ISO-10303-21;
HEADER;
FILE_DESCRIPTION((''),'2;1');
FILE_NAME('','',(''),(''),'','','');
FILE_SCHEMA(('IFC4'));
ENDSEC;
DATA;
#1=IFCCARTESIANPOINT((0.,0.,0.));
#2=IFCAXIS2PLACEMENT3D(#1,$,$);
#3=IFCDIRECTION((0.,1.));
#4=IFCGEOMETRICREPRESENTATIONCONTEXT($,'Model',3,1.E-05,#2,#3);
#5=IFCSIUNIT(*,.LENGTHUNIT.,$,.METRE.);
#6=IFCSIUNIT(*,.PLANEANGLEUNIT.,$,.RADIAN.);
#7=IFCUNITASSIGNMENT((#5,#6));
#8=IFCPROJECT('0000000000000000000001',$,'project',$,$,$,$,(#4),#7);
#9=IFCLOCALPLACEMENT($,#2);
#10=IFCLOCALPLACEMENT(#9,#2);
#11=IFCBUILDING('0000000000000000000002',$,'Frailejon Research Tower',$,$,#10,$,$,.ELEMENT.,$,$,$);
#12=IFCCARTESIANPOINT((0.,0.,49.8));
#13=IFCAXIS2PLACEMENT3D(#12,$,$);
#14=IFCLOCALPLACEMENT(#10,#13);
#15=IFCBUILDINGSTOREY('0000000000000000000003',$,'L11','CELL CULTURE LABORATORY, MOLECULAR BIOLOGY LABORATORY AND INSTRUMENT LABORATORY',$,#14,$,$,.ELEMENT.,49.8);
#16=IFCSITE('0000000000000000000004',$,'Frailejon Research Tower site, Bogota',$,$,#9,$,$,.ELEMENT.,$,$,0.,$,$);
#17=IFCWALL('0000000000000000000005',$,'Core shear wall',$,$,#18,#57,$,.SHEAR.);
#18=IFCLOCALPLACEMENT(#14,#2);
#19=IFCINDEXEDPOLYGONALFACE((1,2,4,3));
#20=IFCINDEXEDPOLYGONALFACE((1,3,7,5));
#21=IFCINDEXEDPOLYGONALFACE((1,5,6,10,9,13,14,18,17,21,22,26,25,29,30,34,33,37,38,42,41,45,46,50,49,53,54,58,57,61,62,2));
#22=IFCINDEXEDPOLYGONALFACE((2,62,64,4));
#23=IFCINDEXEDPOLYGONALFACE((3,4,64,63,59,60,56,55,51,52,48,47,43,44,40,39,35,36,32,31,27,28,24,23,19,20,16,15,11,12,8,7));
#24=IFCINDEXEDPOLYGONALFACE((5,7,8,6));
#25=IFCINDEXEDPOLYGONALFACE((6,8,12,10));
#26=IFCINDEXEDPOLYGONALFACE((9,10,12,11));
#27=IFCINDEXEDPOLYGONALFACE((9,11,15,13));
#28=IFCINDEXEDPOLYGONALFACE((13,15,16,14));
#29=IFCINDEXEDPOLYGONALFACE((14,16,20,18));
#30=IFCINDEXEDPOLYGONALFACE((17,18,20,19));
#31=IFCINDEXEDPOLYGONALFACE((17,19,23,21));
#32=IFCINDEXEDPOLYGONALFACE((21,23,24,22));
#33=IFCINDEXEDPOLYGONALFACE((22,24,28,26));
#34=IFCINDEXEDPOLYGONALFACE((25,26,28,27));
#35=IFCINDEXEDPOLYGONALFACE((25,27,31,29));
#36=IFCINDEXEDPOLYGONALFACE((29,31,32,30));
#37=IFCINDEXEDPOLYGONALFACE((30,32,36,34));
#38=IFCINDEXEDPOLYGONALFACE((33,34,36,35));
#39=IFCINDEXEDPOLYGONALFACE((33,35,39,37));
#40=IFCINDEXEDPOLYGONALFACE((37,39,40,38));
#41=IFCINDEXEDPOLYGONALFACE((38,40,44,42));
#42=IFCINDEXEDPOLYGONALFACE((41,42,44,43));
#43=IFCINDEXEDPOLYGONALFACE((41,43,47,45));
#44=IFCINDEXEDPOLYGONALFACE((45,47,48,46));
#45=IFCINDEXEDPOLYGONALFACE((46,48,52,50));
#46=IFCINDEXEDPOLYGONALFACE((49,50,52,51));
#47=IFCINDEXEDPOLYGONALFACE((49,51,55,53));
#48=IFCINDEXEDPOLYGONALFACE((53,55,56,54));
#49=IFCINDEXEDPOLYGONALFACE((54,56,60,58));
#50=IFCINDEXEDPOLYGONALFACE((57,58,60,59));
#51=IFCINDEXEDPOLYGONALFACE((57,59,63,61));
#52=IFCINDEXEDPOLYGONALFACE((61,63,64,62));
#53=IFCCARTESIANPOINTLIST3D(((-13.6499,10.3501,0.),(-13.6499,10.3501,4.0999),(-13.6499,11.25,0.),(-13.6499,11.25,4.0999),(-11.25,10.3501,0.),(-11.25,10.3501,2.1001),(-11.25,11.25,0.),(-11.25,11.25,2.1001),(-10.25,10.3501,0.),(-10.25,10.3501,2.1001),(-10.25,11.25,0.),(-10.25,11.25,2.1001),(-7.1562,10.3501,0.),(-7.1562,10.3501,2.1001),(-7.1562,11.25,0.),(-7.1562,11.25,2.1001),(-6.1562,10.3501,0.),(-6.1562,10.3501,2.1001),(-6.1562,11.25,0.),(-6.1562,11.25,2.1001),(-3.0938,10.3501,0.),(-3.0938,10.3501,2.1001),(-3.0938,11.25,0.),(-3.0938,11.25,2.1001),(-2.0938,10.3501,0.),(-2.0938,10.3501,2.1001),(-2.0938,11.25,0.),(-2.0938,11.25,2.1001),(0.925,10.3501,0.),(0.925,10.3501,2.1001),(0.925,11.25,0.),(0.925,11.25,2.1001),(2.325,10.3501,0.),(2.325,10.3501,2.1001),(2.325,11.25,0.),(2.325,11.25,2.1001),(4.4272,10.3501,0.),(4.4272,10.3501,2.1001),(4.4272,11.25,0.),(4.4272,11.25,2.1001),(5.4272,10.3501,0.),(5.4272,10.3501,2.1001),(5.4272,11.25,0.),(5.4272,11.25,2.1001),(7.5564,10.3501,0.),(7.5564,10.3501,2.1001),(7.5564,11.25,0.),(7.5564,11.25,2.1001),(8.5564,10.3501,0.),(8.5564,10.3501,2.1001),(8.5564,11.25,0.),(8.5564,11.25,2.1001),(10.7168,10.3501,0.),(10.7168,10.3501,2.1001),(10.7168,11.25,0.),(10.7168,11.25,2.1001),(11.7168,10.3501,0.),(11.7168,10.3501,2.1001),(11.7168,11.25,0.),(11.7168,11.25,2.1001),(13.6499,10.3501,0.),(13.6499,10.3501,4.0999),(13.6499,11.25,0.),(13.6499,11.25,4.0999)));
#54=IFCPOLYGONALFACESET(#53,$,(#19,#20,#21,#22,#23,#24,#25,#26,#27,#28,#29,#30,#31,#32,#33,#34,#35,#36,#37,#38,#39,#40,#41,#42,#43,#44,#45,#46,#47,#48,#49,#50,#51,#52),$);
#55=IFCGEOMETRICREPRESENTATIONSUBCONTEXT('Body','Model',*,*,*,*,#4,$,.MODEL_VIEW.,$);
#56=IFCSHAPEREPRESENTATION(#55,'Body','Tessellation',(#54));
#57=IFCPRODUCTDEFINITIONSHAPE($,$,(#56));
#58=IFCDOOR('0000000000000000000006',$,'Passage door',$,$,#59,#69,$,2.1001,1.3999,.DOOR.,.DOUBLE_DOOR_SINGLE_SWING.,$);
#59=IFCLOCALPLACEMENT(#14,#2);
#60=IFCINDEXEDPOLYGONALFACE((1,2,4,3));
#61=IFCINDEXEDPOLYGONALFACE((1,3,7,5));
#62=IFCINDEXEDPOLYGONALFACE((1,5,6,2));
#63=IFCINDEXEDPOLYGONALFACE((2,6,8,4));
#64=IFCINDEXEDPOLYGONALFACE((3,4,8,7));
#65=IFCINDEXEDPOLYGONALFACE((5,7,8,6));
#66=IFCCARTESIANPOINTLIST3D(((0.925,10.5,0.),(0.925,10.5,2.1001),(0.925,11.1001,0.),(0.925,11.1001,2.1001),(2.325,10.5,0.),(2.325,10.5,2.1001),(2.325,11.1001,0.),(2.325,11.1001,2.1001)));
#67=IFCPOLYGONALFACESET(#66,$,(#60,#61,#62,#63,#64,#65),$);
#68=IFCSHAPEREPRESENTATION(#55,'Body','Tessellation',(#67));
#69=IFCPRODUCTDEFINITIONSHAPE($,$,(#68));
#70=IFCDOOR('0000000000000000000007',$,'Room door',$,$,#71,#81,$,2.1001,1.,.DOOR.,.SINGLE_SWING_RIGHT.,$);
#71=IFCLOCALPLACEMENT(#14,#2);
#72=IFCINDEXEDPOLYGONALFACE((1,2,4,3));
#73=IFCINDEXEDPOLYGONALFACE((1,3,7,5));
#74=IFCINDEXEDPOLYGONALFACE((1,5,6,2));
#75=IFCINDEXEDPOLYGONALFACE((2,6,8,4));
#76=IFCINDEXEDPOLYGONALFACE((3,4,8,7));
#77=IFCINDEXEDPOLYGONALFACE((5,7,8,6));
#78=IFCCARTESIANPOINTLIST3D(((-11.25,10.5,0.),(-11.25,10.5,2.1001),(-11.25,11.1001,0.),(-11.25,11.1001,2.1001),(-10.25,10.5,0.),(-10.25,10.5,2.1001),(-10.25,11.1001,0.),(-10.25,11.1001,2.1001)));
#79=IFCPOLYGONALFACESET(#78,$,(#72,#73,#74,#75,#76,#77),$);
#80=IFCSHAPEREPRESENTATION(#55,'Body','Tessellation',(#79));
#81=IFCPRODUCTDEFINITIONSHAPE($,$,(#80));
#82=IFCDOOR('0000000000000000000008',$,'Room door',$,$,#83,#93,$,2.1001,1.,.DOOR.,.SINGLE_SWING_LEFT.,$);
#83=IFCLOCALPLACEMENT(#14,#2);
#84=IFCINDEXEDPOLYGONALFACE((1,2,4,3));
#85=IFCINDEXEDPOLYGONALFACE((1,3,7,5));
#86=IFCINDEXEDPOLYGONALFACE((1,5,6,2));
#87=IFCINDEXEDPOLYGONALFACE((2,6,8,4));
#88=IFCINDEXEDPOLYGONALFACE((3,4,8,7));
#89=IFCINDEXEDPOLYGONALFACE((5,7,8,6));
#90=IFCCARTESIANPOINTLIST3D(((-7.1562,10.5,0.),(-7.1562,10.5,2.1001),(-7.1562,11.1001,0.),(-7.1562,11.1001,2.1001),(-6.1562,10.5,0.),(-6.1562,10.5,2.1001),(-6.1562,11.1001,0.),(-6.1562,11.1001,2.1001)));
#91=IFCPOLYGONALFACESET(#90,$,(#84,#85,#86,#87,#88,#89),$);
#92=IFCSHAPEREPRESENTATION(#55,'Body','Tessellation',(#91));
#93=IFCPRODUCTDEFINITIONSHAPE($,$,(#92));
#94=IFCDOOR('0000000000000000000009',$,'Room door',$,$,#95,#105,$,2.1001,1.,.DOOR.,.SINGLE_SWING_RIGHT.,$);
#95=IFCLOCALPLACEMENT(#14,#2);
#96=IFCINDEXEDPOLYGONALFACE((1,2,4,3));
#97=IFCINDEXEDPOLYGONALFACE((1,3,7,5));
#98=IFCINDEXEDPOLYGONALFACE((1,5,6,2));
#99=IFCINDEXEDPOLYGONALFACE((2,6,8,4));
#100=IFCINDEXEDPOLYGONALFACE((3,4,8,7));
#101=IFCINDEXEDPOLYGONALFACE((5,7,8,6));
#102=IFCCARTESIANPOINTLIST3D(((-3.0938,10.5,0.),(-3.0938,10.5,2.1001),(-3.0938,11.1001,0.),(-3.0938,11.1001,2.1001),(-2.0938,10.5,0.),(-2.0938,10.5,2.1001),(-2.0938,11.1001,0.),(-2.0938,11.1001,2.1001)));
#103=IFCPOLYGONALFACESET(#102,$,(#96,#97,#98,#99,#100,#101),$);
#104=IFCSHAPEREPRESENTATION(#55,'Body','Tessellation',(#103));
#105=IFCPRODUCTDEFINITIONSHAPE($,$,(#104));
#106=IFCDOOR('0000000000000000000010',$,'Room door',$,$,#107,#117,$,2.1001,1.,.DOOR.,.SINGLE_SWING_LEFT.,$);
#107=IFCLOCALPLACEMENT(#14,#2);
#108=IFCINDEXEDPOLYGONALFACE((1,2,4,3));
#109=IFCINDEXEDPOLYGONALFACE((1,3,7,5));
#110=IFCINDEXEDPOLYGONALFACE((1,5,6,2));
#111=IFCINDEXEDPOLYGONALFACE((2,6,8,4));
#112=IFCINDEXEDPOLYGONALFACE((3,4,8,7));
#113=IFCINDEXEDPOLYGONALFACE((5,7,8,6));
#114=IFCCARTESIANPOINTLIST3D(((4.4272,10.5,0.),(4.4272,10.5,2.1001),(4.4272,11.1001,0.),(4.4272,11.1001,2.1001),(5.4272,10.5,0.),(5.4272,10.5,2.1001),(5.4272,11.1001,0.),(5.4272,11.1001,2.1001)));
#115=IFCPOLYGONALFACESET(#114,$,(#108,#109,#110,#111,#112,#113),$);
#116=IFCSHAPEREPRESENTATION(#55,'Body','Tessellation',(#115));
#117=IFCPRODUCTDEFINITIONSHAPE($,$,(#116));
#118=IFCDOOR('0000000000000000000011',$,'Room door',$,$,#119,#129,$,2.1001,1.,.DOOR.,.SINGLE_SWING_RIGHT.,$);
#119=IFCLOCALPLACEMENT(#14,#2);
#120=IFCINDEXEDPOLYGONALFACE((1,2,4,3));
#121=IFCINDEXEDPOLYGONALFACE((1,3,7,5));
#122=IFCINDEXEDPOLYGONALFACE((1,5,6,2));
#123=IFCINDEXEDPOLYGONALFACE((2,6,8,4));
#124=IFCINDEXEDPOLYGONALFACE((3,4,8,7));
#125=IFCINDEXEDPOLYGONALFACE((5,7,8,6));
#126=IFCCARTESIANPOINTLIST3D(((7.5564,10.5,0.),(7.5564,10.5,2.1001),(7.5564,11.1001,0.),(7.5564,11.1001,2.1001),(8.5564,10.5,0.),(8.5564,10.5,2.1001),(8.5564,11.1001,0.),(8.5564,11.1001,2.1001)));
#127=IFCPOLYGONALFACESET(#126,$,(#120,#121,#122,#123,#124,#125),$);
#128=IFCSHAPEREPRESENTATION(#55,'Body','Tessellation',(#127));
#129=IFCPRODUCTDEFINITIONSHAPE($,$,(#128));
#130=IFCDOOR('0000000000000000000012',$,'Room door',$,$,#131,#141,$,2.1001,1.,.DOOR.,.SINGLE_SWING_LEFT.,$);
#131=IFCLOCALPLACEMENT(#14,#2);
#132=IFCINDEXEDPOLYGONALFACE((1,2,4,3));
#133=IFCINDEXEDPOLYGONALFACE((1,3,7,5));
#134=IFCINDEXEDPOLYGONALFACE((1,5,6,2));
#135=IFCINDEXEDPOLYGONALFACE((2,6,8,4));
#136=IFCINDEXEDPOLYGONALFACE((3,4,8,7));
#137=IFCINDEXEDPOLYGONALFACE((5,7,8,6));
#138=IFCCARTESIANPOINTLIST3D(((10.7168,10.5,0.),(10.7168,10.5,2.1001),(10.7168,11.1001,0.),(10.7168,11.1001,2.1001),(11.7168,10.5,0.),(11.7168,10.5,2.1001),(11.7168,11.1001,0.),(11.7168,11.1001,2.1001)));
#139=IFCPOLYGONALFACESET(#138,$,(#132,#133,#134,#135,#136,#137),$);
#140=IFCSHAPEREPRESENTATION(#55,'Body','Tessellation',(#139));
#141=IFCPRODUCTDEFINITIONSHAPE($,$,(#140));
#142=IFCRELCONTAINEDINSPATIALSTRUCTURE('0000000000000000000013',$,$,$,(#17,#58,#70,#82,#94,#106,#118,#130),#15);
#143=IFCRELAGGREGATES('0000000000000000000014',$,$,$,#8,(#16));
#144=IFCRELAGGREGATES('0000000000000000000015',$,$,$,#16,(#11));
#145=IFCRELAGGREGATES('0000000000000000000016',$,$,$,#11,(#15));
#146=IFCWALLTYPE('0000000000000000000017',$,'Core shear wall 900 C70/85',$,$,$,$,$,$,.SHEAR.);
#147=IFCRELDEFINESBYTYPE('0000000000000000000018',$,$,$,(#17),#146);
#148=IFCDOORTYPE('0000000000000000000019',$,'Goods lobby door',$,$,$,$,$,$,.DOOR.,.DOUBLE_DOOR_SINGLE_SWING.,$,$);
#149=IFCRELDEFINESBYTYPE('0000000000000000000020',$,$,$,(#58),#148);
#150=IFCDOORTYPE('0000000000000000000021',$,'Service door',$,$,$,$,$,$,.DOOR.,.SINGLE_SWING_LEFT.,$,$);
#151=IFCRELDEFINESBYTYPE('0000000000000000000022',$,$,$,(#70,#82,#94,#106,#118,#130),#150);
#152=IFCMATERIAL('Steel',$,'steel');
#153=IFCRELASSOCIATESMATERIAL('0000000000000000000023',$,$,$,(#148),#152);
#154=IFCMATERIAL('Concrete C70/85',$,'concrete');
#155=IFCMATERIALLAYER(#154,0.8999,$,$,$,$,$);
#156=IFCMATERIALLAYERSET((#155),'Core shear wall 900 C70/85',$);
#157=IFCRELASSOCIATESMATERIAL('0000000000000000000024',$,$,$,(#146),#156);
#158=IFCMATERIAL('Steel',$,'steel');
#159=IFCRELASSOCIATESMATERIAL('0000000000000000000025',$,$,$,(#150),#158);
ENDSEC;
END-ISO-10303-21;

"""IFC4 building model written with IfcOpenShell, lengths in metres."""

from ifc_helpers import new_model, si_unit, direction, frame, frame_2d, origin, place, context, subcontext, project, spatial, rectangle, extrude, material, layer, layer_set, type_object, element, fill, save


model = new_model("IFC4")

# Units and contexts
model_context = context("Model", 3, precision=1e-05, world=origin(), true_north=direction((0.0, 1.0)))
body_context = subcontext(model_context, "Body", "Model", "MODEL_VIEW")
ifc_project = project(units=[si_unit("LENGTHUNIT", "METRE"), si_unit("PLANEANGLEUNIT", "RADIAN")], contexts=[model_context])

# Site, building, storey
site_placement = place(None, origin())
site = spatial("IfcSite", under=ifc_project, at=site_placement, Name="Frailejon Research Tower site, Bogota", CompositionType="ELEMENT", RefElevation=0.0)
building_placement = place(site_placement, origin())
building = spatial("IfcBuilding", under=site, at=building_placement, Name="Frailejon Research Tower", CompositionType="ELEMENT")
storey_placement = place(building_placement, frame((0.0, 0.0, 49.8)))
storey = spatial("IfcBuildingStorey", under=building, at=storey_placement, Name="L11", Description="CELL CULTURE LABORATORY, MOLECULAR BIOLOGY LABORATORY AND INSTRUMENT LABORATORY", CompositionType="ELEMENT", Elevation=49.8)

# Shared definitions
ifc_material_1 = material(Name="Steel", Category="steel")
door_type_1 = type_object("IfcDoorType", Name="Goods lobby door", OperationType="DOUBLE_DOOR_SINGLE_SWING", PredefinedType="DOOR", material=ifc_material_1)

# Wall, openings, doors
ifc_material_2 = material(Name="Concrete C70/85", Category="concrete")
ifc_layer_1 = layer(ifc_material_2, 0.8999)
ifc_layer_set_1 = layer_set([ifc_layer_1], Name="Core shear wall 900 C70/85")
wall_type_1 = type_object("IfcWallType", Name="Core shear wall 900 C70/85", PredefinedType="SHEAR", material=ifc_layer_set_1)
wall_1_placement = place(storey_placement, frame((-13.6499, 10.8, 0.0), z_axis=(0.0, 0.0, 1.0), x_axis=(1.0, 0.0, 0.0)))
wall_1 = element("IfcWall", 1, at=wall_1_placement, inside=storey, type_object=wall_type_1, Name="Core shear wall", PredefinedType="SHEAR", context=body_context, shape_type="SweptSolid", body=[
    extrude(rectangle(XDim=27.2998, YDim=0.8999, at=frame_2d((13.6499, 0.0))), origin(), (0.0, 0.0, 1.0), 4.0999),
])
opening_1_placement = place(wall_1_placement, frame((2.3999, 0.0, 0.0)))
opening_1 = element("IfcOpeningElement", 2, at=opening_1_placement, cuts=wall_1, PredefinedType="OPENING", context=body_context, shape_type="SweptSolid", body=[
    extrude(rectangle(XDim=1.0, YDim=2.1001, at=frame_2d((0.5, 1.05))), frame((0.0, 0.46, 0.0), z_axis=(0.0, -1.0, 0.0), x_axis=(1.0, 0.0, 0.0)), (0.0, 0.0, 1.0), 0.9199),
])
opening_2_placement = place(wall_1_placement, frame((6.4937, 0.0, 0.0)))
opening_2 = element("IfcOpeningElement", 3, at=opening_2_placement, cuts=wall_1, PredefinedType="OPENING", context=body_context, shape_type="SweptSolid", body=[
    extrude(rectangle(XDim=1.0, YDim=2.1001, at=frame_2d((0.5, 1.05))), frame((0.0, 0.46, 0.0), z_axis=(0.0, -1.0, 0.0), x_axis=(1.0, 0.0, 0.0)), (0.0, 0.0, 1.0), 0.9199),
])
opening_3_placement = place(wall_1_placement, frame((10.5562, 0.0, 0.0)))
opening_3 = element("IfcOpeningElement", 4, at=opening_3_placement, cuts=wall_1, PredefinedType="OPENING", context=body_context, shape_type="SweptSolid", body=[
    extrude(rectangle(XDim=1.0, YDim=2.1001, at=frame_2d((0.5, 1.05))), frame((0.0, 0.46, 0.0), z_axis=(0.0, -1.0, 0.0), x_axis=(1.0, 0.0, 0.0)), (0.0, 0.0, 1.0), 0.9199),
])
opening_4_placement = place(wall_1_placement, frame((18.0771, 0.0, 0.0)))
opening_4 = element("IfcOpeningElement", 5, at=opening_4_placement, cuts=wall_1, PredefinedType="OPENING", context=body_context, shape_type="SweptSolid", body=[
    extrude(rectangle(XDim=1.0, YDim=2.1001, at=frame_2d((0.5, 1.05))), frame((0.0, 0.46, 0.0), z_axis=(0.0, -1.0, 0.0), x_axis=(1.0, 0.0, 0.0)), (0.0, 0.0, 1.0), 0.9199),
])
opening_5_placement = place(wall_1_placement, frame((21.2063, 0.0, 0.0)))
opening_5 = element("IfcOpeningElement", 6, at=opening_5_placement, cuts=wall_1, PredefinedType="OPENING", context=body_context, shape_type="SweptSolid", body=[
    extrude(rectangle(XDim=1.0, YDim=2.1001, at=frame_2d((0.5, 1.05))), frame((0.0, 0.46, 0.0), z_axis=(0.0, -1.0, 0.0), x_axis=(1.0, 0.0, 0.0)), (0.0, 0.0, 1.0), 0.9199),
])
opening_6_placement = place(wall_1_placement, frame((24.3667, 0.0, 0.0)))
opening_6 = element("IfcOpeningElement", 7, at=opening_6_placement, cuts=wall_1, PredefinedType="OPENING", context=body_context, shape_type="SweptSolid", body=[
    extrude(rectangle(XDim=1.0, YDim=2.1001, at=frame_2d((0.5, 1.05))), frame((0.0, 0.46, 0.0), z_axis=(0.0, -1.0, 0.0), x_axis=(1.0, 0.0, 0.0)), (0.0, 0.0, 1.0), 0.9199),
])
opening_7_placement = place(wall_1_placement, frame((14.575, 0.0, 0.0)))
opening_7 = element("IfcOpeningElement", 8, at=opening_7_placement, cuts=wall_1, PredefinedType="OPENING", context=body_context, shape_type="SweptSolid", body=[
    extrude(rectangle(XDim=1.3999, YDim=2.1001, at=frame_2d((0.7, 1.05))), frame((0.0, 0.46, 0.0), z_axis=(0.0, -1.0, 0.0), x_axis=(1.0, 0.0, 0.0)), (0.0, 0.0, 1.0), 0.9199),
])
door_1_placement = place(opening_7_placement, origin())
door_1 = element("IfcDoor", 9, at=door_1_placement, inside=storey, type_object=door_type_1, Name="Passage door", OperationType="DOUBLE_DOOR_SINGLE_SWING", OverallHeight=2.1001, OverallWidth=1.3999, PredefinedType="DOOR", context=body_context, shape_type="SweptSolid", body=[
    extrude(rectangle(XDim=1.3999, YDim=2.1001, at=frame_2d((0.7, 1.05))), frame((0.0, 0.3, 0.0), z_axis=(0.0, -1.0, 0.0), x_axis=(1.0, 0.0, 0.0)), (0.0, 0.0, 1.0), 0.6001),
])
fill(opening_7, door_1)
ifc_material_3 = material(Name="Steel", Category="steel")
door_type_2 = type_object("IfcDoorType", Name="Service door", OperationType="SINGLE_SWING_LEFT", PredefinedType="DOOR", material=ifc_material_3)
door_2_placement = place(opening_1_placement, origin())
door_2 = element("IfcDoor", 10, at=door_2_placement, inside=storey, type_object=door_type_2, Name="Room door", OperationType="SINGLE_SWING_RIGHT", OverallHeight=2.1001, OverallWidth=1.0, PredefinedType="DOOR", context=body_context, shape_type="SweptSolid", body=[
    extrude(rectangle(XDim=1.0, YDim=2.1001, at=frame_2d((0.5, 1.05))), frame((0.0, 0.3, 0.0), z_axis=(0.0, -1.0, 0.0), x_axis=(1.0, 0.0, 0.0)), (0.0, 0.0, 1.0), 0.6001),
])
fill(opening_1, door_2)
door_3_placement = place(opening_2_placement, origin())
door_3 = element("IfcDoor", 11, at=door_3_placement, inside=storey, type_object=door_type_2, Name="Room door", OperationType="SINGLE_SWING_LEFT", OverallHeight=2.1001, OverallWidth=1.0, PredefinedType="DOOR", context=body_context, shape_type="SweptSolid", body=[
    extrude(rectangle(XDim=1.0, YDim=2.1001, at=frame_2d((0.5, 1.05))), frame((0.0, 0.3, 0.0), z_axis=(0.0, -1.0, 0.0), x_axis=(1.0, 0.0, 0.0)), (0.0, 0.0, 1.0), 0.6001),
])
fill(opening_2, door_3)
door_4_placement = place(opening_3_placement, origin())
door_4 = element("IfcDoor", 12, at=door_4_placement, inside=storey, type_object=door_type_2, Name="Room door", OperationType="SINGLE_SWING_RIGHT", OverallHeight=2.1001, OverallWidth=1.0, PredefinedType="DOOR", context=body_context, shape_type="SweptSolid", body=[
    extrude(rectangle(XDim=1.0, YDim=2.1001, at=frame_2d((0.5, 1.05))), frame((0.0, 0.3, 0.0), z_axis=(0.0, -1.0, 0.0), x_axis=(1.0, 0.0, 0.0)), (0.0, 0.0, 1.0), 0.6001),
])
fill(opening_3, door_4)
door_5_placement = place(opening_4_placement, origin())
door_5 = element("IfcDoor", 13, at=door_5_placement, inside=storey, type_object=door_type_2, Name="Room door", OperationType="SINGLE_SWING_LEFT", OverallHeight=2.1001, OverallWidth=1.0, PredefinedType="DOOR", context=body_context, shape_type="SweptSolid", body=[
    extrude(rectangle(XDim=1.0, YDim=2.1001, at=frame_2d((0.5, 1.05))), frame((0.0, 0.3, 0.0), z_axis=(0.0, -1.0, 0.0), x_axis=(1.0, 0.0, 0.0)), (0.0, 0.0, 1.0), 0.6001),
])
fill(opening_4, door_5)
door_6_placement = place(opening_5_placement, origin())
door_6 = element("IfcDoor", 14, at=door_6_placement, inside=storey, type_object=door_type_2, Name="Room door", OperationType="SINGLE_SWING_RIGHT", OverallHeight=2.1001, OverallWidth=1.0, PredefinedType="DOOR", context=body_context, shape_type="SweptSolid", body=[
    extrude(rectangle(XDim=1.0, YDim=2.1001, at=frame_2d((0.5, 1.05))), frame((0.0, 0.3, 0.0), z_axis=(0.0, -1.0, 0.0), x_axis=(1.0, 0.0, 0.0)), (0.0, 0.0, 1.0), 0.6001),
])
fill(opening_5, door_6)
door_7_placement = place(opening_6_placement, origin())
door_7 = element("IfcDoor", 15, at=door_7_placement, inside=storey, type_object=door_type_2, Name="Room door", OperationType="SINGLE_SWING_LEFT", OverallHeight=2.1001, OverallWidth=1.0, PredefinedType="DOOR", context=body_context, shape_type="SweptSolid", body=[
    extrude(rectangle(XDim=1.0, YDim=2.1001, at=frame_2d((0.5, 1.05))), frame((0.0, 0.3, 0.0), z_axis=(0.0, -1.0, 0.0), x_axis=(1.0, 0.0, 0.0)), (0.0, 0.0, 1.0), 0.6001),
])
fill(opening_6, door_7)

save(model, "model.ifc")
